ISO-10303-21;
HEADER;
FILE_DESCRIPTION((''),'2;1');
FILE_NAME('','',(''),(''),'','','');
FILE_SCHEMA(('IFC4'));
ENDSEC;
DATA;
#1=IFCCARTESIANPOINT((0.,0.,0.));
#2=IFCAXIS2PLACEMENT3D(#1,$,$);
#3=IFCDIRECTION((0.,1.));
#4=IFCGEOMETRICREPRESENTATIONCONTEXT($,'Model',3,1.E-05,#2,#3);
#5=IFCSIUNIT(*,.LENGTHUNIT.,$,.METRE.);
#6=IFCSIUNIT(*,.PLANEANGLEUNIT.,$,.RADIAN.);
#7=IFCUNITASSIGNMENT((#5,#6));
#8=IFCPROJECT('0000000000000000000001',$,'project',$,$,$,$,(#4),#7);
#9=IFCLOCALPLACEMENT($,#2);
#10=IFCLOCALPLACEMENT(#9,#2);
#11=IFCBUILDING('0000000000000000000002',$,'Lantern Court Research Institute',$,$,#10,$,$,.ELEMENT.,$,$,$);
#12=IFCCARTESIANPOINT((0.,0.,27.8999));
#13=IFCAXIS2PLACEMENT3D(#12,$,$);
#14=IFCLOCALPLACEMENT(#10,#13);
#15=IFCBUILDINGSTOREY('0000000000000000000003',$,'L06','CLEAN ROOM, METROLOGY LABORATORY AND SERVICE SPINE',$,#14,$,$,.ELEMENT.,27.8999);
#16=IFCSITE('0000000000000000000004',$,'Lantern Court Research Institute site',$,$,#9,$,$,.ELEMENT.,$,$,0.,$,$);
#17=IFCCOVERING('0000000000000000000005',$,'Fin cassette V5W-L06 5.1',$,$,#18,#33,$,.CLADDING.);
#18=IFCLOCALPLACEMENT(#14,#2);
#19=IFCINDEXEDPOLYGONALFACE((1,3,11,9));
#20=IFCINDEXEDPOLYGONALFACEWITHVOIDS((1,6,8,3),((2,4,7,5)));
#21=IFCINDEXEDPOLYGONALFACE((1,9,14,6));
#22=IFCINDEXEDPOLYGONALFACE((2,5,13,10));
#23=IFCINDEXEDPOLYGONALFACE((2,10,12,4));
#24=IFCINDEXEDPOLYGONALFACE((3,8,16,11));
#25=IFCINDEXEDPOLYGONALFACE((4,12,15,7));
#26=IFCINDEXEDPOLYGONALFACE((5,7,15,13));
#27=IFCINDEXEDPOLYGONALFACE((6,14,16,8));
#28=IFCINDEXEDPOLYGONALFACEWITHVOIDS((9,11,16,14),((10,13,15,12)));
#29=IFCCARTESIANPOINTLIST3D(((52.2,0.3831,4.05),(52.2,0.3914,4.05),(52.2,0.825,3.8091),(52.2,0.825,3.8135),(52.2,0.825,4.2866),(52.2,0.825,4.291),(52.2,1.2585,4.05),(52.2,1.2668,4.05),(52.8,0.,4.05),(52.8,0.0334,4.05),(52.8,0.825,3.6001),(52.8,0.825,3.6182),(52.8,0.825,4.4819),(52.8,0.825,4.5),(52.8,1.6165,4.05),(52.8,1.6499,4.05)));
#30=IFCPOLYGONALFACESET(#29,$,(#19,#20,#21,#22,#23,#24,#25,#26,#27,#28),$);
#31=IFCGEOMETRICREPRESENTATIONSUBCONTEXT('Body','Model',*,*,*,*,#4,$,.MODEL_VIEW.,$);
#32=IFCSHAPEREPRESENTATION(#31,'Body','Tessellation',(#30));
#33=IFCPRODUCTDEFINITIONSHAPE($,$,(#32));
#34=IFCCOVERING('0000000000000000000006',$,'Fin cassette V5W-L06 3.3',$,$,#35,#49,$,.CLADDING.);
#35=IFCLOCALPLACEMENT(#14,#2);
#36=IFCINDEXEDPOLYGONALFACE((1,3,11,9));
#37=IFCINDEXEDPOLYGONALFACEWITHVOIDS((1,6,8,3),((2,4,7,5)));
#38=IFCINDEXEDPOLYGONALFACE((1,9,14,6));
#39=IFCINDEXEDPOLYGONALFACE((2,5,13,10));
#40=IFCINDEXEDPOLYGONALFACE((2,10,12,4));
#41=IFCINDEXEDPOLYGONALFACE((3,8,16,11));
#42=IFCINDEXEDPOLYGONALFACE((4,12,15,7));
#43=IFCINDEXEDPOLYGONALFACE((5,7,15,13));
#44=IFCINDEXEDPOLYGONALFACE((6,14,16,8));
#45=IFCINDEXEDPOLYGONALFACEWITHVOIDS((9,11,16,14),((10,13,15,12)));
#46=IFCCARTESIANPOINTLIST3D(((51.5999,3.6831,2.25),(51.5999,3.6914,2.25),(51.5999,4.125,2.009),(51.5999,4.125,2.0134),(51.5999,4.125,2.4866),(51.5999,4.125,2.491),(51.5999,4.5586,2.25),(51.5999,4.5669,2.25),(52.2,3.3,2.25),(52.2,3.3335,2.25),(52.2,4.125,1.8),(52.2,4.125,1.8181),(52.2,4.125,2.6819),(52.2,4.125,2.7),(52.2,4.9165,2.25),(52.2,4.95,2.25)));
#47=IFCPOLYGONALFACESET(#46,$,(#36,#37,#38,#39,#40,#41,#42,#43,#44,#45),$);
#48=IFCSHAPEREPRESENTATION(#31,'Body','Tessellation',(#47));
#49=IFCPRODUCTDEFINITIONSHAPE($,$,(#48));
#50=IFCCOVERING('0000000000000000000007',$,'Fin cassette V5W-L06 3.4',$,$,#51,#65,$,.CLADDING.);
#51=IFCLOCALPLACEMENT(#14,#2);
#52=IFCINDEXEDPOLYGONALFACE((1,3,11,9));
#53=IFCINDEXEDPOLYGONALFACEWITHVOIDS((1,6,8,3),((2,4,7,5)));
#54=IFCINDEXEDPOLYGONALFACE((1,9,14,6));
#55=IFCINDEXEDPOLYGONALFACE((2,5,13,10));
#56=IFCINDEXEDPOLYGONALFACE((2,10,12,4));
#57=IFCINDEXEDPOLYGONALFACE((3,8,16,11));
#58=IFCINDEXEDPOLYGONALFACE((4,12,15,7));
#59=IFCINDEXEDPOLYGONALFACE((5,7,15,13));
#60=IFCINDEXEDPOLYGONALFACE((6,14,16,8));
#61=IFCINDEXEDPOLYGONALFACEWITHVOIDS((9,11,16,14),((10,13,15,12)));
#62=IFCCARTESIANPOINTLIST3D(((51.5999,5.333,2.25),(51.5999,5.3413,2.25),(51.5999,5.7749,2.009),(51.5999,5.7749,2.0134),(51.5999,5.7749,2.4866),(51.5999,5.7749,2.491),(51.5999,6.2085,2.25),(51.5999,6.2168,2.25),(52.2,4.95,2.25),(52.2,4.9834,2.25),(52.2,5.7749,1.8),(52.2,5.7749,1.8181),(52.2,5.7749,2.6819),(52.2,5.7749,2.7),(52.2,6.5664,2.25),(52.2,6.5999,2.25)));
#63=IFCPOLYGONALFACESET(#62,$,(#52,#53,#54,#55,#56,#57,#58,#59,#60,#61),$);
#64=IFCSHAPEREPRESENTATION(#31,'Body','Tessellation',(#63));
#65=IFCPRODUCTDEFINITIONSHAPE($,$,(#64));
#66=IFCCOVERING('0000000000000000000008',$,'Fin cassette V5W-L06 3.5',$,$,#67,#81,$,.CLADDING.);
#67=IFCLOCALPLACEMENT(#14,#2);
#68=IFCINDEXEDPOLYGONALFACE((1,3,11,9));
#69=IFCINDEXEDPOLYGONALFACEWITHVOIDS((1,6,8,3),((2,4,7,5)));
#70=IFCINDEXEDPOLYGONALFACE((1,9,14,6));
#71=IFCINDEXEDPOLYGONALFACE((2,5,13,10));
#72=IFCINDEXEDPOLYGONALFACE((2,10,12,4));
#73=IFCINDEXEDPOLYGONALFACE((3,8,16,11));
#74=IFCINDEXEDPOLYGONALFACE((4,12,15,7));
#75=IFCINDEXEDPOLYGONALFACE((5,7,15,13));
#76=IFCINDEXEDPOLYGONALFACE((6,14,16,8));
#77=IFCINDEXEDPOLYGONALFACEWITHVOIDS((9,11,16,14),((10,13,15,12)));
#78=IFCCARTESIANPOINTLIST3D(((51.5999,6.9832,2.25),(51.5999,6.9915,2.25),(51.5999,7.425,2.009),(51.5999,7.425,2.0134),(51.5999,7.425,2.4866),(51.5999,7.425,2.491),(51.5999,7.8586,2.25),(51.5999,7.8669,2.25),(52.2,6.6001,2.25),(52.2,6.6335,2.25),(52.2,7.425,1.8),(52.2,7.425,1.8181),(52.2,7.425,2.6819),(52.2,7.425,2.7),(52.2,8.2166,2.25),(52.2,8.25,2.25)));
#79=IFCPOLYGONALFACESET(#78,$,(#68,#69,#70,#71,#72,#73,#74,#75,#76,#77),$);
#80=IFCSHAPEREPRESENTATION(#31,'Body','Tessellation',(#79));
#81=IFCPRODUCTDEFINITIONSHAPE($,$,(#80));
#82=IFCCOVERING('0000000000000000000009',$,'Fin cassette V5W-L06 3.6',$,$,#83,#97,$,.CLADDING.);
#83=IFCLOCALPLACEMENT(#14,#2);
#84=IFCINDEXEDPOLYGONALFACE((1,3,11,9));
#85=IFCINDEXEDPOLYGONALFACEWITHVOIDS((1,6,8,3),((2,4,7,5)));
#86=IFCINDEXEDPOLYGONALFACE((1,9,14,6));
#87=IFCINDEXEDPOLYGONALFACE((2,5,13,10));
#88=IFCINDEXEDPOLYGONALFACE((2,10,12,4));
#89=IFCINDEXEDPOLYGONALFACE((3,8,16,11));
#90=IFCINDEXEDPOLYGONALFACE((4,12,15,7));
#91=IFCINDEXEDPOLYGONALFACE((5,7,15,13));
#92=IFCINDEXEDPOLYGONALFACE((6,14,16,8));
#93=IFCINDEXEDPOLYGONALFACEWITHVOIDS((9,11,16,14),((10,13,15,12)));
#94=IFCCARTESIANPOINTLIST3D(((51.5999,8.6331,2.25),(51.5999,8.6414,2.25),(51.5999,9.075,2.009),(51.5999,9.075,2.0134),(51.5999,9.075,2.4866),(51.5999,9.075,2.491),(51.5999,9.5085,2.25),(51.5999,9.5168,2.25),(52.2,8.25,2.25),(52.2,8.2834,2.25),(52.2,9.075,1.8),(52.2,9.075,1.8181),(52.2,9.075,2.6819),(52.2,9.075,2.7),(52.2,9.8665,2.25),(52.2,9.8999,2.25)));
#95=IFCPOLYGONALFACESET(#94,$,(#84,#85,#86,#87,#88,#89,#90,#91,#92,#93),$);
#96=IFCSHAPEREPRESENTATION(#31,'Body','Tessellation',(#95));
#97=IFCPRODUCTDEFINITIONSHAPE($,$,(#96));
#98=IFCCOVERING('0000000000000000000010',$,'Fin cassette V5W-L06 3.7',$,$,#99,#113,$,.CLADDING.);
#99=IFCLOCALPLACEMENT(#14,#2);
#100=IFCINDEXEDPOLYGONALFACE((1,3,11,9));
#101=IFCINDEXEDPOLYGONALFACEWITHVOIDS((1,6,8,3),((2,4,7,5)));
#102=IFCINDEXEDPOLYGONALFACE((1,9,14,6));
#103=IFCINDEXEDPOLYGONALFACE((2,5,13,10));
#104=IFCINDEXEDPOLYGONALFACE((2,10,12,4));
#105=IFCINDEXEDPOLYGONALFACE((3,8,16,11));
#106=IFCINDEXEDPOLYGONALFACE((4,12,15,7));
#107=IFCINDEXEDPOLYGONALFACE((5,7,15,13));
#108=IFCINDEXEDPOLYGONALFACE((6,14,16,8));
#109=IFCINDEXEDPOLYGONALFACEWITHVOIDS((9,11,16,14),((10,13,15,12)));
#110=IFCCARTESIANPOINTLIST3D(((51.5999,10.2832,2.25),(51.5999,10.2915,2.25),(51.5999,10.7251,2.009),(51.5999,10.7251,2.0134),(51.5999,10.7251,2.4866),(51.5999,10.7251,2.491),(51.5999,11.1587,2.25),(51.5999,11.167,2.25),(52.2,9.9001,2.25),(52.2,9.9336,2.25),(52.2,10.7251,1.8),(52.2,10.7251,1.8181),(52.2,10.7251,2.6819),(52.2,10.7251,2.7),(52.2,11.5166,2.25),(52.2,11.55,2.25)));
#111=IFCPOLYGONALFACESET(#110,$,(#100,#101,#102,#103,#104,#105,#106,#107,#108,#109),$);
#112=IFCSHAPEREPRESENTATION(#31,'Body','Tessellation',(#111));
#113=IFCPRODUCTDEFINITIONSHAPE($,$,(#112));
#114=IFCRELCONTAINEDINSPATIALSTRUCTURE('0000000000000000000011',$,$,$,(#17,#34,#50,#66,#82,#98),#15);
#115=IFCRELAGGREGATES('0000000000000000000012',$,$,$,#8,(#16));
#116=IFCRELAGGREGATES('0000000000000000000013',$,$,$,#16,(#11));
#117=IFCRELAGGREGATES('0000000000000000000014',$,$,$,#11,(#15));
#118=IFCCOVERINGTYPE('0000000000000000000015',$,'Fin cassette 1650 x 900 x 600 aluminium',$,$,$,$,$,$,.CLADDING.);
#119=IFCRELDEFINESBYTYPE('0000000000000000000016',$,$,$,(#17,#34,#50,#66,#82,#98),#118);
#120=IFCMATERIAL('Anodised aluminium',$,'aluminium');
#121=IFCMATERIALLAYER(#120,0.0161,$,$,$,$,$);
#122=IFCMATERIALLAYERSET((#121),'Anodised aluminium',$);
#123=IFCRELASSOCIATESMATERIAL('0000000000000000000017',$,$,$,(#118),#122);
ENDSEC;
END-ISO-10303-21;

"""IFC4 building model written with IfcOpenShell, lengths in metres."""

from ifc_helpers import new_model, entity, si_unit, direction, frame, origin, place, context, subcontext, project, spatial, material, layer, layer_set, type_object, element, save


model = new_model("IFC4")

# Units and contexts
model_context = context("Model", 3, precision=1e-05, world=origin(), true_north=direction((0.0, 1.0)))
body_context = subcontext(model_context, "Body", "Model", "MODEL_VIEW")
ifc_project = project(units=[si_unit("LENGTHUNIT", "METRE"), si_unit("PLANEANGLEUNIT", "RADIAN")], contexts=[model_context])

# Site, building, storey
site_placement = place(None, origin())
site = spatial("IfcSite", under=ifc_project, at=site_placement, Name="Lantern Court Research Institute site", CompositionType="ELEMENT", RefElevation=0.0)
building_placement = place(site_placement, origin())
building = spatial("IfcBuilding", under=site, at=building_placement, Name="Lantern Court Research Institute", CompositionType="ELEMENT")
storey_placement = place(building_placement, frame((0.0, 0.0, 27.8999)))
storey = spatial("IfcBuildingStorey", under=building, at=storey_placement, Name="L06", Description="CLEAN ROOM, METROLOGY LABORATORY AND SERVICE SPINE", CompositionType="ELEMENT", Elevation=27.8999)

# Coverings
ifc_material_1 = material(Name="Anodised aluminium", Category="aluminium")
ifc_layer_1 = layer(ifc_material_1, 0.0161)
ifc_layer_set_1 = layer_set([ifc_layer_1], Name="Anodised aluminium")
covering_type = type_object("IfcCoveringType", Name="Fin cassette 1650 x 900 x 600 aluminium", PredefinedType="CLADDING", material=ifc_layer_set_1)
covering_1_placement = place(storey_placement, frame((52.8, 0.825, 4.05), z_axis=(-1.0, 0.0, 0.0), x_axis=(0.0, -1.0, 0.0)))
cartesian_point_1 = entity("IfcCartesianPoint", [0.825, 0.0])
cartesian_point_2 = entity("IfcCartesianPoint", [0.7915, 0.0])
cartesian_point_3 = entity("IfcCartesianPoint", [0.4419, 0.0])
cartesian_point_4 = entity("IfcCartesianPoint", [0.4336, 0.0])
element("IfcCovering", 1, at=covering_1_placement, inside=storey, type_object=covering_type, Name="Fin cassette V5W-L06 5.1", PredefinedType="CLADDING", context=body_context, shape_type="SweptSolid", body=[
    entity("IfcExtrudedAreaSolidTapered", entity("IfcArbitraryProfileDefWithVoids", "AREA", None, entity("IfcPolyline", [cartesian_point_1, entity("IfcCartesianPoint", [0.0, 0.45]), entity("IfcCartesianPoint", [-0.825, 0.0]), entity("IfcCartesianPoint", [0.0, -0.45]), cartesian_point_1]), [entity("IfcPolyline", [cartesian_point_2, entity("IfcCartesianPoint", [0.0, 0.4319]), entity("IfcCartesianPoint", [-0.7915, 0.0]), entity("IfcCartesianPoint", [0.0, -0.4319]), cartesian_point_2])]), entity("IfcAxis2Placement3D", entity("IfcCartesianPoint", [0.0, 0.0, 0.0])), entity("IfcDirection", [0.0, 0.0, 1.0]), 0.6001, entity("IfcArbitraryProfileDefWithVoids", "AREA", None, entity("IfcPolyline", [cartesian_point_3, entity("IfcCartesianPoint", [0.0, 0.241]), entity("IfcCartesianPoint", [-0.4419, 0.0]), entity("IfcCartesianPoint", [0.0, -0.241]), cartesian_point_3]), [entity("IfcPolyline", [cartesian_point_4, entity("IfcCartesianPoint", [0.0, 0.2366]), entity("IfcCartesianPoint", [-0.4336, 0.0]), entity("IfcCartesianPoint", [0.0, -0.2366]), cartesian_point_4])])),
])
covering_2_placement = place(storey_placement, frame((52.2, 4.125, 2.25), z_axis=(-1.0, 0.0, 0.0), x_axis=(0.0, -1.0, 0.0)))
cartesian_point_5 = entity("IfcCartesianPoint", [0.825, 0.0])
cartesian_point_6 = entity("IfcCartesianPoint", [0.7915, 0.0])
cartesian_point_7 = entity("IfcCartesianPoint", [0.4419, 0.0])
cartesian_point_8 = entity("IfcCartesianPoint", [0.4336, 0.0])
element("IfcCovering", 2, at=covering_2_placement, inside=storey, type_object=covering_type, Name="Fin cassette V5W-L06 3.3", PredefinedType="CLADDING", context=body_context, shape_type="SweptSolid", body=[
    entity("IfcExtrudedAreaSolidTapered", entity("IfcArbitraryProfileDefWithVoids", "AREA", None, entity("IfcPolyline", [cartesian_point_5, entity("IfcCartesianPoint", [0.0, 0.45]), entity("IfcCartesianPoint", [-0.825, 0.0]), entity("IfcCartesianPoint", [0.0, -0.45]), cartesian_point_5]), [entity("IfcPolyline", [cartesian_point_6, entity("IfcCartesianPoint", [0.0, 0.4319]), entity("IfcCartesianPoint", [-0.7915, 0.0]), entity("IfcCartesianPoint", [0.0, -0.4319]), cartesian_point_6])]), entity("IfcAxis2Placement3D", entity("IfcCartesianPoint", [0.0, 0.0, 0.0])), entity("IfcDirection", [0.0, 0.0, 1.0]), 0.6001, entity("IfcArbitraryProfileDefWithVoids", "AREA", None, entity("IfcPolyline", [cartesian_point_7, entity("IfcCartesianPoint", [0.0, 0.241]), entity("IfcCartesianPoint", [-0.4419, 0.0]), entity("IfcCartesianPoint", [0.0, -0.241]), cartesian_point_7]), [entity("IfcPolyline", [cartesian_point_8, entity("IfcCartesianPoint", [0.0, 0.2366]), entity("IfcCartesianPoint", [-0.4336, 0.0]), entity("IfcCartesianPoint", [0.0, -0.2366]), cartesian_point_8])])),
])
covering_3_placement = place(storey_placement, frame((52.2, 5.7749, 2.25), z_axis=(-1.0, 0.0, 0.0), x_axis=(0.0, -1.0, 0.0)))
cartesian_point_9 = entity("IfcCartesianPoint", [0.825, 0.0])
cartesian_point_10 = entity("IfcCartesianPoint", [0.7915, 0.0])
cartesian_point_11 = entity("IfcCartesianPoint", [0.4419, 0.0])
cartesian_point_12 = entity("IfcCartesianPoint", [0.4336, 0.0])
element("IfcCovering", 3, at=covering_3_placement, inside=storey, type_object=covering_type, Name="Fin cassette V5W-L06 3.4", PredefinedType="CLADDING", context=body_context, shape_type="SweptSolid", body=[
    entity("IfcExtrudedAreaSolidTapered", entity("IfcArbitraryProfileDefWithVoids", "AREA", None, entity("IfcPolyline", [cartesian_point_9, entity("IfcCartesianPoint", [0.0, 0.45]), entity("IfcCartesianPoint", [-0.825, 0.0]), entity("IfcCartesianPoint", [0.0, -0.45]), cartesian_point_9]), [entity("IfcPolyline", [cartesian_point_10, entity("IfcCartesianPoint", [0.0, 0.4319]), entity("IfcCartesianPoint", [-0.7915, 0.0]), entity("IfcCartesianPoint", [0.0, -0.4319]), cartesian_point_10])]), entity("IfcAxis2Placement3D", entity("IfcCartesianPoint", [0.0, 0.0, 0.0])), entity("IfcDirection", [0.0, 0.0, 1.0]), 0.6001, entity("IfcArbitraryProfileDefWithVoids", "AREA", None, entity("IfcPolyline", [cartesian_point_11, entity("IfcCartesianPoint", [0.0, 0.241]), entity("IfcCartesianPoint", [-0.4419, 0.0]), entity("IfcCartesianPoint", [0.0, -0.241]), cartesian_point_11]), [entity("IfcPolyline", [cartesian_point_12, entity("IfcCartesianPoint", [0.0, 0.2366]), entity("IfcCartesianPoint", [-0.4336, 0.0]), entity("IfcCartesianPoint", [0.0, -0.2366]), cartesian_point_12])])),
])
covering_4_placement = place(storey_placement, frame((52.2, 7.425, 2.25), z_axis=(-1.0, 0.0, 0.0), x_axis=(0.0, -1.0, 0.0)))
cartesian_point_13 = entity("IfcCartesianPoint", [0.825, 0.0])
cartesian_point_14 = entity("IfcCartesianPoint", [0.7915, 0.0])
cartesian_point_15 = entity("IfcCartesianPoint", [0.4419, 0.0])
cartesian_point_16 = entity("IfcCartesianPoint", [0.4336, 0.0])
element("IfcCovering", 4, at=covering_4_placement, inside=storey, type_object=covering_type, Name="Fin cassette V5W-L06 3.5", PredefinedType="CLADDING", context=body_context, shape_type="SweptSolid", body=[
    entity("IfcExtrudedAreaSolidTapered", entity("IfcArbitraryProfileDefWithVoids", "AREA", None, entity("IfcPolyline", [cartesian_point_13, entity("IfcCartesianPoint", [0.0, 0.45]), entity("IfcCartesianPoint", [-0.825, 0.0]), entity("IfcCartesianPoint", [0.0, -0.45]), cartesian_point_13]), [entity("IfcPolyline", [cartesian_point_14, entity("IfcCartesianPoint", [0.0, 0.4319]), entity("IfcCartesianPoint", [-0.7915, 0.0]), entity("IfcCartesianPoint", [0.0, -0.4319]), cartesian_point_14])]), entity("IfcAxis2Placement3D", entity("IfcCartesianPoint", [0.0, 0.0, 0.0])), entity("IfcDirection", [0.0, 0.0, 1.0]), 0.6001, entity("IfcArbitraryProfileDefWithVoids", "AREA", None, entity("IfcPolyline", [cartesian_point_15, entity("IfcCartesianPoint", [0.0, 0.241]), entity("IfcCartesianPoint", [-0.4419, 0.0]), entity("IfcCartesianPoint", [0.0, -0.241]), cartesian_point_15]), [entity("IfcPolyline", [cartesian_point_16, entity("IfcCartesianPoint", [0.0, 0.2366]), entity("IfcCartesianPoint", [-0.4336, 0.0]), entity("IfcCartesianPoint", [0.0, -0.2366]), cartesian_point_16])])),
])
covering_5_placement = place(storey_placement, frame((52.2, 9.075, 2.25), z_axis=(-1.0, 0.0, 0.0), x_axis=(0.0, -1.0, 0.0)))
cartesian_point_17 = entity("IfcCartesianPoint", [0.825, 0.0])
cartesian_point_18 = entity("IfcCartesianPoint", [0.7915, 0.0])
cartesian_point_19 = entity("IfcCartesianPoint", [0.4419, 0.0])
cartesian_point_20 = entity("IfcCartesianPoint", [0.4336, 0.0])
element("IfcCovering", 5, at=covering_5_placement, inside=storey, type_object=covering_type, Name="Fin cassette V5W-L06 3.6", PredefinedType="CLADDING", context=body_context, shape_type="SweptSolid", body=[
    entity("IfcExtrudedAreaSolidTapered", entity("IfcArbitraryProfileDefWithVoids", "AREA", None, entity("IfcPolyline", [cartesian_point_17, entity("IfcCartesianPoint", [0.0, 0.45]), entity("IfcCartesianPoint", [-0.825, 0.0]), entity("IfcCartesianPoint", [0.0, -0.45]), cartesian_point_17]), [entity("IfcPolyline", [cartesian_point_18, entity("IfcCartesianPoint", [0.0, 0.4319]), entity("IfcCartesianPoint", [-0.7915, 0.0]), entity("IfcCartesianPoint", [0.0, -0.4319]), cartesian_point_18])]), entity("IfcAxis2Placement3D", entity("IfcCartesianPoint", [0.0, 0.0, 0.0])), entity("IfcDirection", [0.0, 0.0, 1.0]), 0.6001, entity("IfcArbitraryProfileDefWithVoids", "AREA", None, entity("IfcPolyline", [cartesian_point_19, entity("IfcCartesianPoint", [0.0, 0.241]), entity("IfcCartesianPoint", [-0.4419, 0.0]), entity("IfcCartesianPoint", [0.0, -0.241]), cartesian_point_19]), [entity("IfcPolyline", [cartesian_point_20, entity("IfcCartesianPoint", [0.0, 0.2366]), entity("IfcCartesianPoint", [-0.4336, 0.0]), entity("IfcCartesianPoint", [0.0, -0.2366]), cartesian_point_20])])),
])
covering_6_placement = place(storey_placement, frame((52.2, 10.7251, 2.25), z_axis=(-1.0, 0.0, 0.0), x_axis=(0.0, -1.0, 0.0)))
cartesian_point_21 = entity("IfcCartesianPoint", [0.825, 0.0])
cartesian_point_22 = entity("IfcCartesianPoint", [0.7915, 0.0])
cartesian_point_23 = entity("IfcCartesianPoint", [0.4419, 0.0])
cartesian_point_24 = entity("IfcCartesianPoint", [0.4336, 0.0])
element("IfcCovering", 6, at=covering_6_placement, inside=storey, type_object=covering_type, Name="Fin cassette V5W-L06 3.7", PredefinedType="CLADDING", context=body_context, shape_type="SweptSolid", body=[
    entity("IfcExtrudedAreaSolidTapered", entity("IfcArbitraryProfileDefWithVoids", "AREA", None, entity("IfcPolyline", [cartesian_point_21, entity("IfcCartesianPoint", [0.0, 0.45]), entity("IfcCartesianPoint", [-0.825, 0.0]), entity("IfcCartesianPoint", [0.0, -0.45]), cartesian_point_21]), [entity("IfcPolyline", [cartesian_point_22, entity("IfcCartesianPoint", [0.0, 0.4319]), entity("IfcCartesianPoint", [-0.7915, 0.0]), entity("IfcCartesianPoint", [0.0, -0.4319]), cartesian_point_22])]), entity("IfcAxis2Placement3D", entity("IfcCartesianPoint", [0.0, 0.0, 0.0])), entity("IfcDirection", [0.0, 0.0, 1.0]), 0.6001, entity("IfcArbitraryProfileDefWithVoids", "AREA", None, entity("IfcPolyline", [cartesian_point_23, entity("IfcCartesianPoint", [0.0, 0.241]), entity("IfcCartesianPoint", [-0.4419, 0.0]), entity("IfcCartesianPoint", [0.0, -0.241]), cartesian_point_23]), [entity("IfcPolyline", [cartesian_point_24, entity("IfcCartesianPoint", [0.0, 0.2366]), entity("IfcCartesianPoint", [-0.4336, 0.0]), entity("IfcCartesianPoint", [0.0, -0.2366]), cartesian_point_24])])),
])

save(model, "model.ifc")
